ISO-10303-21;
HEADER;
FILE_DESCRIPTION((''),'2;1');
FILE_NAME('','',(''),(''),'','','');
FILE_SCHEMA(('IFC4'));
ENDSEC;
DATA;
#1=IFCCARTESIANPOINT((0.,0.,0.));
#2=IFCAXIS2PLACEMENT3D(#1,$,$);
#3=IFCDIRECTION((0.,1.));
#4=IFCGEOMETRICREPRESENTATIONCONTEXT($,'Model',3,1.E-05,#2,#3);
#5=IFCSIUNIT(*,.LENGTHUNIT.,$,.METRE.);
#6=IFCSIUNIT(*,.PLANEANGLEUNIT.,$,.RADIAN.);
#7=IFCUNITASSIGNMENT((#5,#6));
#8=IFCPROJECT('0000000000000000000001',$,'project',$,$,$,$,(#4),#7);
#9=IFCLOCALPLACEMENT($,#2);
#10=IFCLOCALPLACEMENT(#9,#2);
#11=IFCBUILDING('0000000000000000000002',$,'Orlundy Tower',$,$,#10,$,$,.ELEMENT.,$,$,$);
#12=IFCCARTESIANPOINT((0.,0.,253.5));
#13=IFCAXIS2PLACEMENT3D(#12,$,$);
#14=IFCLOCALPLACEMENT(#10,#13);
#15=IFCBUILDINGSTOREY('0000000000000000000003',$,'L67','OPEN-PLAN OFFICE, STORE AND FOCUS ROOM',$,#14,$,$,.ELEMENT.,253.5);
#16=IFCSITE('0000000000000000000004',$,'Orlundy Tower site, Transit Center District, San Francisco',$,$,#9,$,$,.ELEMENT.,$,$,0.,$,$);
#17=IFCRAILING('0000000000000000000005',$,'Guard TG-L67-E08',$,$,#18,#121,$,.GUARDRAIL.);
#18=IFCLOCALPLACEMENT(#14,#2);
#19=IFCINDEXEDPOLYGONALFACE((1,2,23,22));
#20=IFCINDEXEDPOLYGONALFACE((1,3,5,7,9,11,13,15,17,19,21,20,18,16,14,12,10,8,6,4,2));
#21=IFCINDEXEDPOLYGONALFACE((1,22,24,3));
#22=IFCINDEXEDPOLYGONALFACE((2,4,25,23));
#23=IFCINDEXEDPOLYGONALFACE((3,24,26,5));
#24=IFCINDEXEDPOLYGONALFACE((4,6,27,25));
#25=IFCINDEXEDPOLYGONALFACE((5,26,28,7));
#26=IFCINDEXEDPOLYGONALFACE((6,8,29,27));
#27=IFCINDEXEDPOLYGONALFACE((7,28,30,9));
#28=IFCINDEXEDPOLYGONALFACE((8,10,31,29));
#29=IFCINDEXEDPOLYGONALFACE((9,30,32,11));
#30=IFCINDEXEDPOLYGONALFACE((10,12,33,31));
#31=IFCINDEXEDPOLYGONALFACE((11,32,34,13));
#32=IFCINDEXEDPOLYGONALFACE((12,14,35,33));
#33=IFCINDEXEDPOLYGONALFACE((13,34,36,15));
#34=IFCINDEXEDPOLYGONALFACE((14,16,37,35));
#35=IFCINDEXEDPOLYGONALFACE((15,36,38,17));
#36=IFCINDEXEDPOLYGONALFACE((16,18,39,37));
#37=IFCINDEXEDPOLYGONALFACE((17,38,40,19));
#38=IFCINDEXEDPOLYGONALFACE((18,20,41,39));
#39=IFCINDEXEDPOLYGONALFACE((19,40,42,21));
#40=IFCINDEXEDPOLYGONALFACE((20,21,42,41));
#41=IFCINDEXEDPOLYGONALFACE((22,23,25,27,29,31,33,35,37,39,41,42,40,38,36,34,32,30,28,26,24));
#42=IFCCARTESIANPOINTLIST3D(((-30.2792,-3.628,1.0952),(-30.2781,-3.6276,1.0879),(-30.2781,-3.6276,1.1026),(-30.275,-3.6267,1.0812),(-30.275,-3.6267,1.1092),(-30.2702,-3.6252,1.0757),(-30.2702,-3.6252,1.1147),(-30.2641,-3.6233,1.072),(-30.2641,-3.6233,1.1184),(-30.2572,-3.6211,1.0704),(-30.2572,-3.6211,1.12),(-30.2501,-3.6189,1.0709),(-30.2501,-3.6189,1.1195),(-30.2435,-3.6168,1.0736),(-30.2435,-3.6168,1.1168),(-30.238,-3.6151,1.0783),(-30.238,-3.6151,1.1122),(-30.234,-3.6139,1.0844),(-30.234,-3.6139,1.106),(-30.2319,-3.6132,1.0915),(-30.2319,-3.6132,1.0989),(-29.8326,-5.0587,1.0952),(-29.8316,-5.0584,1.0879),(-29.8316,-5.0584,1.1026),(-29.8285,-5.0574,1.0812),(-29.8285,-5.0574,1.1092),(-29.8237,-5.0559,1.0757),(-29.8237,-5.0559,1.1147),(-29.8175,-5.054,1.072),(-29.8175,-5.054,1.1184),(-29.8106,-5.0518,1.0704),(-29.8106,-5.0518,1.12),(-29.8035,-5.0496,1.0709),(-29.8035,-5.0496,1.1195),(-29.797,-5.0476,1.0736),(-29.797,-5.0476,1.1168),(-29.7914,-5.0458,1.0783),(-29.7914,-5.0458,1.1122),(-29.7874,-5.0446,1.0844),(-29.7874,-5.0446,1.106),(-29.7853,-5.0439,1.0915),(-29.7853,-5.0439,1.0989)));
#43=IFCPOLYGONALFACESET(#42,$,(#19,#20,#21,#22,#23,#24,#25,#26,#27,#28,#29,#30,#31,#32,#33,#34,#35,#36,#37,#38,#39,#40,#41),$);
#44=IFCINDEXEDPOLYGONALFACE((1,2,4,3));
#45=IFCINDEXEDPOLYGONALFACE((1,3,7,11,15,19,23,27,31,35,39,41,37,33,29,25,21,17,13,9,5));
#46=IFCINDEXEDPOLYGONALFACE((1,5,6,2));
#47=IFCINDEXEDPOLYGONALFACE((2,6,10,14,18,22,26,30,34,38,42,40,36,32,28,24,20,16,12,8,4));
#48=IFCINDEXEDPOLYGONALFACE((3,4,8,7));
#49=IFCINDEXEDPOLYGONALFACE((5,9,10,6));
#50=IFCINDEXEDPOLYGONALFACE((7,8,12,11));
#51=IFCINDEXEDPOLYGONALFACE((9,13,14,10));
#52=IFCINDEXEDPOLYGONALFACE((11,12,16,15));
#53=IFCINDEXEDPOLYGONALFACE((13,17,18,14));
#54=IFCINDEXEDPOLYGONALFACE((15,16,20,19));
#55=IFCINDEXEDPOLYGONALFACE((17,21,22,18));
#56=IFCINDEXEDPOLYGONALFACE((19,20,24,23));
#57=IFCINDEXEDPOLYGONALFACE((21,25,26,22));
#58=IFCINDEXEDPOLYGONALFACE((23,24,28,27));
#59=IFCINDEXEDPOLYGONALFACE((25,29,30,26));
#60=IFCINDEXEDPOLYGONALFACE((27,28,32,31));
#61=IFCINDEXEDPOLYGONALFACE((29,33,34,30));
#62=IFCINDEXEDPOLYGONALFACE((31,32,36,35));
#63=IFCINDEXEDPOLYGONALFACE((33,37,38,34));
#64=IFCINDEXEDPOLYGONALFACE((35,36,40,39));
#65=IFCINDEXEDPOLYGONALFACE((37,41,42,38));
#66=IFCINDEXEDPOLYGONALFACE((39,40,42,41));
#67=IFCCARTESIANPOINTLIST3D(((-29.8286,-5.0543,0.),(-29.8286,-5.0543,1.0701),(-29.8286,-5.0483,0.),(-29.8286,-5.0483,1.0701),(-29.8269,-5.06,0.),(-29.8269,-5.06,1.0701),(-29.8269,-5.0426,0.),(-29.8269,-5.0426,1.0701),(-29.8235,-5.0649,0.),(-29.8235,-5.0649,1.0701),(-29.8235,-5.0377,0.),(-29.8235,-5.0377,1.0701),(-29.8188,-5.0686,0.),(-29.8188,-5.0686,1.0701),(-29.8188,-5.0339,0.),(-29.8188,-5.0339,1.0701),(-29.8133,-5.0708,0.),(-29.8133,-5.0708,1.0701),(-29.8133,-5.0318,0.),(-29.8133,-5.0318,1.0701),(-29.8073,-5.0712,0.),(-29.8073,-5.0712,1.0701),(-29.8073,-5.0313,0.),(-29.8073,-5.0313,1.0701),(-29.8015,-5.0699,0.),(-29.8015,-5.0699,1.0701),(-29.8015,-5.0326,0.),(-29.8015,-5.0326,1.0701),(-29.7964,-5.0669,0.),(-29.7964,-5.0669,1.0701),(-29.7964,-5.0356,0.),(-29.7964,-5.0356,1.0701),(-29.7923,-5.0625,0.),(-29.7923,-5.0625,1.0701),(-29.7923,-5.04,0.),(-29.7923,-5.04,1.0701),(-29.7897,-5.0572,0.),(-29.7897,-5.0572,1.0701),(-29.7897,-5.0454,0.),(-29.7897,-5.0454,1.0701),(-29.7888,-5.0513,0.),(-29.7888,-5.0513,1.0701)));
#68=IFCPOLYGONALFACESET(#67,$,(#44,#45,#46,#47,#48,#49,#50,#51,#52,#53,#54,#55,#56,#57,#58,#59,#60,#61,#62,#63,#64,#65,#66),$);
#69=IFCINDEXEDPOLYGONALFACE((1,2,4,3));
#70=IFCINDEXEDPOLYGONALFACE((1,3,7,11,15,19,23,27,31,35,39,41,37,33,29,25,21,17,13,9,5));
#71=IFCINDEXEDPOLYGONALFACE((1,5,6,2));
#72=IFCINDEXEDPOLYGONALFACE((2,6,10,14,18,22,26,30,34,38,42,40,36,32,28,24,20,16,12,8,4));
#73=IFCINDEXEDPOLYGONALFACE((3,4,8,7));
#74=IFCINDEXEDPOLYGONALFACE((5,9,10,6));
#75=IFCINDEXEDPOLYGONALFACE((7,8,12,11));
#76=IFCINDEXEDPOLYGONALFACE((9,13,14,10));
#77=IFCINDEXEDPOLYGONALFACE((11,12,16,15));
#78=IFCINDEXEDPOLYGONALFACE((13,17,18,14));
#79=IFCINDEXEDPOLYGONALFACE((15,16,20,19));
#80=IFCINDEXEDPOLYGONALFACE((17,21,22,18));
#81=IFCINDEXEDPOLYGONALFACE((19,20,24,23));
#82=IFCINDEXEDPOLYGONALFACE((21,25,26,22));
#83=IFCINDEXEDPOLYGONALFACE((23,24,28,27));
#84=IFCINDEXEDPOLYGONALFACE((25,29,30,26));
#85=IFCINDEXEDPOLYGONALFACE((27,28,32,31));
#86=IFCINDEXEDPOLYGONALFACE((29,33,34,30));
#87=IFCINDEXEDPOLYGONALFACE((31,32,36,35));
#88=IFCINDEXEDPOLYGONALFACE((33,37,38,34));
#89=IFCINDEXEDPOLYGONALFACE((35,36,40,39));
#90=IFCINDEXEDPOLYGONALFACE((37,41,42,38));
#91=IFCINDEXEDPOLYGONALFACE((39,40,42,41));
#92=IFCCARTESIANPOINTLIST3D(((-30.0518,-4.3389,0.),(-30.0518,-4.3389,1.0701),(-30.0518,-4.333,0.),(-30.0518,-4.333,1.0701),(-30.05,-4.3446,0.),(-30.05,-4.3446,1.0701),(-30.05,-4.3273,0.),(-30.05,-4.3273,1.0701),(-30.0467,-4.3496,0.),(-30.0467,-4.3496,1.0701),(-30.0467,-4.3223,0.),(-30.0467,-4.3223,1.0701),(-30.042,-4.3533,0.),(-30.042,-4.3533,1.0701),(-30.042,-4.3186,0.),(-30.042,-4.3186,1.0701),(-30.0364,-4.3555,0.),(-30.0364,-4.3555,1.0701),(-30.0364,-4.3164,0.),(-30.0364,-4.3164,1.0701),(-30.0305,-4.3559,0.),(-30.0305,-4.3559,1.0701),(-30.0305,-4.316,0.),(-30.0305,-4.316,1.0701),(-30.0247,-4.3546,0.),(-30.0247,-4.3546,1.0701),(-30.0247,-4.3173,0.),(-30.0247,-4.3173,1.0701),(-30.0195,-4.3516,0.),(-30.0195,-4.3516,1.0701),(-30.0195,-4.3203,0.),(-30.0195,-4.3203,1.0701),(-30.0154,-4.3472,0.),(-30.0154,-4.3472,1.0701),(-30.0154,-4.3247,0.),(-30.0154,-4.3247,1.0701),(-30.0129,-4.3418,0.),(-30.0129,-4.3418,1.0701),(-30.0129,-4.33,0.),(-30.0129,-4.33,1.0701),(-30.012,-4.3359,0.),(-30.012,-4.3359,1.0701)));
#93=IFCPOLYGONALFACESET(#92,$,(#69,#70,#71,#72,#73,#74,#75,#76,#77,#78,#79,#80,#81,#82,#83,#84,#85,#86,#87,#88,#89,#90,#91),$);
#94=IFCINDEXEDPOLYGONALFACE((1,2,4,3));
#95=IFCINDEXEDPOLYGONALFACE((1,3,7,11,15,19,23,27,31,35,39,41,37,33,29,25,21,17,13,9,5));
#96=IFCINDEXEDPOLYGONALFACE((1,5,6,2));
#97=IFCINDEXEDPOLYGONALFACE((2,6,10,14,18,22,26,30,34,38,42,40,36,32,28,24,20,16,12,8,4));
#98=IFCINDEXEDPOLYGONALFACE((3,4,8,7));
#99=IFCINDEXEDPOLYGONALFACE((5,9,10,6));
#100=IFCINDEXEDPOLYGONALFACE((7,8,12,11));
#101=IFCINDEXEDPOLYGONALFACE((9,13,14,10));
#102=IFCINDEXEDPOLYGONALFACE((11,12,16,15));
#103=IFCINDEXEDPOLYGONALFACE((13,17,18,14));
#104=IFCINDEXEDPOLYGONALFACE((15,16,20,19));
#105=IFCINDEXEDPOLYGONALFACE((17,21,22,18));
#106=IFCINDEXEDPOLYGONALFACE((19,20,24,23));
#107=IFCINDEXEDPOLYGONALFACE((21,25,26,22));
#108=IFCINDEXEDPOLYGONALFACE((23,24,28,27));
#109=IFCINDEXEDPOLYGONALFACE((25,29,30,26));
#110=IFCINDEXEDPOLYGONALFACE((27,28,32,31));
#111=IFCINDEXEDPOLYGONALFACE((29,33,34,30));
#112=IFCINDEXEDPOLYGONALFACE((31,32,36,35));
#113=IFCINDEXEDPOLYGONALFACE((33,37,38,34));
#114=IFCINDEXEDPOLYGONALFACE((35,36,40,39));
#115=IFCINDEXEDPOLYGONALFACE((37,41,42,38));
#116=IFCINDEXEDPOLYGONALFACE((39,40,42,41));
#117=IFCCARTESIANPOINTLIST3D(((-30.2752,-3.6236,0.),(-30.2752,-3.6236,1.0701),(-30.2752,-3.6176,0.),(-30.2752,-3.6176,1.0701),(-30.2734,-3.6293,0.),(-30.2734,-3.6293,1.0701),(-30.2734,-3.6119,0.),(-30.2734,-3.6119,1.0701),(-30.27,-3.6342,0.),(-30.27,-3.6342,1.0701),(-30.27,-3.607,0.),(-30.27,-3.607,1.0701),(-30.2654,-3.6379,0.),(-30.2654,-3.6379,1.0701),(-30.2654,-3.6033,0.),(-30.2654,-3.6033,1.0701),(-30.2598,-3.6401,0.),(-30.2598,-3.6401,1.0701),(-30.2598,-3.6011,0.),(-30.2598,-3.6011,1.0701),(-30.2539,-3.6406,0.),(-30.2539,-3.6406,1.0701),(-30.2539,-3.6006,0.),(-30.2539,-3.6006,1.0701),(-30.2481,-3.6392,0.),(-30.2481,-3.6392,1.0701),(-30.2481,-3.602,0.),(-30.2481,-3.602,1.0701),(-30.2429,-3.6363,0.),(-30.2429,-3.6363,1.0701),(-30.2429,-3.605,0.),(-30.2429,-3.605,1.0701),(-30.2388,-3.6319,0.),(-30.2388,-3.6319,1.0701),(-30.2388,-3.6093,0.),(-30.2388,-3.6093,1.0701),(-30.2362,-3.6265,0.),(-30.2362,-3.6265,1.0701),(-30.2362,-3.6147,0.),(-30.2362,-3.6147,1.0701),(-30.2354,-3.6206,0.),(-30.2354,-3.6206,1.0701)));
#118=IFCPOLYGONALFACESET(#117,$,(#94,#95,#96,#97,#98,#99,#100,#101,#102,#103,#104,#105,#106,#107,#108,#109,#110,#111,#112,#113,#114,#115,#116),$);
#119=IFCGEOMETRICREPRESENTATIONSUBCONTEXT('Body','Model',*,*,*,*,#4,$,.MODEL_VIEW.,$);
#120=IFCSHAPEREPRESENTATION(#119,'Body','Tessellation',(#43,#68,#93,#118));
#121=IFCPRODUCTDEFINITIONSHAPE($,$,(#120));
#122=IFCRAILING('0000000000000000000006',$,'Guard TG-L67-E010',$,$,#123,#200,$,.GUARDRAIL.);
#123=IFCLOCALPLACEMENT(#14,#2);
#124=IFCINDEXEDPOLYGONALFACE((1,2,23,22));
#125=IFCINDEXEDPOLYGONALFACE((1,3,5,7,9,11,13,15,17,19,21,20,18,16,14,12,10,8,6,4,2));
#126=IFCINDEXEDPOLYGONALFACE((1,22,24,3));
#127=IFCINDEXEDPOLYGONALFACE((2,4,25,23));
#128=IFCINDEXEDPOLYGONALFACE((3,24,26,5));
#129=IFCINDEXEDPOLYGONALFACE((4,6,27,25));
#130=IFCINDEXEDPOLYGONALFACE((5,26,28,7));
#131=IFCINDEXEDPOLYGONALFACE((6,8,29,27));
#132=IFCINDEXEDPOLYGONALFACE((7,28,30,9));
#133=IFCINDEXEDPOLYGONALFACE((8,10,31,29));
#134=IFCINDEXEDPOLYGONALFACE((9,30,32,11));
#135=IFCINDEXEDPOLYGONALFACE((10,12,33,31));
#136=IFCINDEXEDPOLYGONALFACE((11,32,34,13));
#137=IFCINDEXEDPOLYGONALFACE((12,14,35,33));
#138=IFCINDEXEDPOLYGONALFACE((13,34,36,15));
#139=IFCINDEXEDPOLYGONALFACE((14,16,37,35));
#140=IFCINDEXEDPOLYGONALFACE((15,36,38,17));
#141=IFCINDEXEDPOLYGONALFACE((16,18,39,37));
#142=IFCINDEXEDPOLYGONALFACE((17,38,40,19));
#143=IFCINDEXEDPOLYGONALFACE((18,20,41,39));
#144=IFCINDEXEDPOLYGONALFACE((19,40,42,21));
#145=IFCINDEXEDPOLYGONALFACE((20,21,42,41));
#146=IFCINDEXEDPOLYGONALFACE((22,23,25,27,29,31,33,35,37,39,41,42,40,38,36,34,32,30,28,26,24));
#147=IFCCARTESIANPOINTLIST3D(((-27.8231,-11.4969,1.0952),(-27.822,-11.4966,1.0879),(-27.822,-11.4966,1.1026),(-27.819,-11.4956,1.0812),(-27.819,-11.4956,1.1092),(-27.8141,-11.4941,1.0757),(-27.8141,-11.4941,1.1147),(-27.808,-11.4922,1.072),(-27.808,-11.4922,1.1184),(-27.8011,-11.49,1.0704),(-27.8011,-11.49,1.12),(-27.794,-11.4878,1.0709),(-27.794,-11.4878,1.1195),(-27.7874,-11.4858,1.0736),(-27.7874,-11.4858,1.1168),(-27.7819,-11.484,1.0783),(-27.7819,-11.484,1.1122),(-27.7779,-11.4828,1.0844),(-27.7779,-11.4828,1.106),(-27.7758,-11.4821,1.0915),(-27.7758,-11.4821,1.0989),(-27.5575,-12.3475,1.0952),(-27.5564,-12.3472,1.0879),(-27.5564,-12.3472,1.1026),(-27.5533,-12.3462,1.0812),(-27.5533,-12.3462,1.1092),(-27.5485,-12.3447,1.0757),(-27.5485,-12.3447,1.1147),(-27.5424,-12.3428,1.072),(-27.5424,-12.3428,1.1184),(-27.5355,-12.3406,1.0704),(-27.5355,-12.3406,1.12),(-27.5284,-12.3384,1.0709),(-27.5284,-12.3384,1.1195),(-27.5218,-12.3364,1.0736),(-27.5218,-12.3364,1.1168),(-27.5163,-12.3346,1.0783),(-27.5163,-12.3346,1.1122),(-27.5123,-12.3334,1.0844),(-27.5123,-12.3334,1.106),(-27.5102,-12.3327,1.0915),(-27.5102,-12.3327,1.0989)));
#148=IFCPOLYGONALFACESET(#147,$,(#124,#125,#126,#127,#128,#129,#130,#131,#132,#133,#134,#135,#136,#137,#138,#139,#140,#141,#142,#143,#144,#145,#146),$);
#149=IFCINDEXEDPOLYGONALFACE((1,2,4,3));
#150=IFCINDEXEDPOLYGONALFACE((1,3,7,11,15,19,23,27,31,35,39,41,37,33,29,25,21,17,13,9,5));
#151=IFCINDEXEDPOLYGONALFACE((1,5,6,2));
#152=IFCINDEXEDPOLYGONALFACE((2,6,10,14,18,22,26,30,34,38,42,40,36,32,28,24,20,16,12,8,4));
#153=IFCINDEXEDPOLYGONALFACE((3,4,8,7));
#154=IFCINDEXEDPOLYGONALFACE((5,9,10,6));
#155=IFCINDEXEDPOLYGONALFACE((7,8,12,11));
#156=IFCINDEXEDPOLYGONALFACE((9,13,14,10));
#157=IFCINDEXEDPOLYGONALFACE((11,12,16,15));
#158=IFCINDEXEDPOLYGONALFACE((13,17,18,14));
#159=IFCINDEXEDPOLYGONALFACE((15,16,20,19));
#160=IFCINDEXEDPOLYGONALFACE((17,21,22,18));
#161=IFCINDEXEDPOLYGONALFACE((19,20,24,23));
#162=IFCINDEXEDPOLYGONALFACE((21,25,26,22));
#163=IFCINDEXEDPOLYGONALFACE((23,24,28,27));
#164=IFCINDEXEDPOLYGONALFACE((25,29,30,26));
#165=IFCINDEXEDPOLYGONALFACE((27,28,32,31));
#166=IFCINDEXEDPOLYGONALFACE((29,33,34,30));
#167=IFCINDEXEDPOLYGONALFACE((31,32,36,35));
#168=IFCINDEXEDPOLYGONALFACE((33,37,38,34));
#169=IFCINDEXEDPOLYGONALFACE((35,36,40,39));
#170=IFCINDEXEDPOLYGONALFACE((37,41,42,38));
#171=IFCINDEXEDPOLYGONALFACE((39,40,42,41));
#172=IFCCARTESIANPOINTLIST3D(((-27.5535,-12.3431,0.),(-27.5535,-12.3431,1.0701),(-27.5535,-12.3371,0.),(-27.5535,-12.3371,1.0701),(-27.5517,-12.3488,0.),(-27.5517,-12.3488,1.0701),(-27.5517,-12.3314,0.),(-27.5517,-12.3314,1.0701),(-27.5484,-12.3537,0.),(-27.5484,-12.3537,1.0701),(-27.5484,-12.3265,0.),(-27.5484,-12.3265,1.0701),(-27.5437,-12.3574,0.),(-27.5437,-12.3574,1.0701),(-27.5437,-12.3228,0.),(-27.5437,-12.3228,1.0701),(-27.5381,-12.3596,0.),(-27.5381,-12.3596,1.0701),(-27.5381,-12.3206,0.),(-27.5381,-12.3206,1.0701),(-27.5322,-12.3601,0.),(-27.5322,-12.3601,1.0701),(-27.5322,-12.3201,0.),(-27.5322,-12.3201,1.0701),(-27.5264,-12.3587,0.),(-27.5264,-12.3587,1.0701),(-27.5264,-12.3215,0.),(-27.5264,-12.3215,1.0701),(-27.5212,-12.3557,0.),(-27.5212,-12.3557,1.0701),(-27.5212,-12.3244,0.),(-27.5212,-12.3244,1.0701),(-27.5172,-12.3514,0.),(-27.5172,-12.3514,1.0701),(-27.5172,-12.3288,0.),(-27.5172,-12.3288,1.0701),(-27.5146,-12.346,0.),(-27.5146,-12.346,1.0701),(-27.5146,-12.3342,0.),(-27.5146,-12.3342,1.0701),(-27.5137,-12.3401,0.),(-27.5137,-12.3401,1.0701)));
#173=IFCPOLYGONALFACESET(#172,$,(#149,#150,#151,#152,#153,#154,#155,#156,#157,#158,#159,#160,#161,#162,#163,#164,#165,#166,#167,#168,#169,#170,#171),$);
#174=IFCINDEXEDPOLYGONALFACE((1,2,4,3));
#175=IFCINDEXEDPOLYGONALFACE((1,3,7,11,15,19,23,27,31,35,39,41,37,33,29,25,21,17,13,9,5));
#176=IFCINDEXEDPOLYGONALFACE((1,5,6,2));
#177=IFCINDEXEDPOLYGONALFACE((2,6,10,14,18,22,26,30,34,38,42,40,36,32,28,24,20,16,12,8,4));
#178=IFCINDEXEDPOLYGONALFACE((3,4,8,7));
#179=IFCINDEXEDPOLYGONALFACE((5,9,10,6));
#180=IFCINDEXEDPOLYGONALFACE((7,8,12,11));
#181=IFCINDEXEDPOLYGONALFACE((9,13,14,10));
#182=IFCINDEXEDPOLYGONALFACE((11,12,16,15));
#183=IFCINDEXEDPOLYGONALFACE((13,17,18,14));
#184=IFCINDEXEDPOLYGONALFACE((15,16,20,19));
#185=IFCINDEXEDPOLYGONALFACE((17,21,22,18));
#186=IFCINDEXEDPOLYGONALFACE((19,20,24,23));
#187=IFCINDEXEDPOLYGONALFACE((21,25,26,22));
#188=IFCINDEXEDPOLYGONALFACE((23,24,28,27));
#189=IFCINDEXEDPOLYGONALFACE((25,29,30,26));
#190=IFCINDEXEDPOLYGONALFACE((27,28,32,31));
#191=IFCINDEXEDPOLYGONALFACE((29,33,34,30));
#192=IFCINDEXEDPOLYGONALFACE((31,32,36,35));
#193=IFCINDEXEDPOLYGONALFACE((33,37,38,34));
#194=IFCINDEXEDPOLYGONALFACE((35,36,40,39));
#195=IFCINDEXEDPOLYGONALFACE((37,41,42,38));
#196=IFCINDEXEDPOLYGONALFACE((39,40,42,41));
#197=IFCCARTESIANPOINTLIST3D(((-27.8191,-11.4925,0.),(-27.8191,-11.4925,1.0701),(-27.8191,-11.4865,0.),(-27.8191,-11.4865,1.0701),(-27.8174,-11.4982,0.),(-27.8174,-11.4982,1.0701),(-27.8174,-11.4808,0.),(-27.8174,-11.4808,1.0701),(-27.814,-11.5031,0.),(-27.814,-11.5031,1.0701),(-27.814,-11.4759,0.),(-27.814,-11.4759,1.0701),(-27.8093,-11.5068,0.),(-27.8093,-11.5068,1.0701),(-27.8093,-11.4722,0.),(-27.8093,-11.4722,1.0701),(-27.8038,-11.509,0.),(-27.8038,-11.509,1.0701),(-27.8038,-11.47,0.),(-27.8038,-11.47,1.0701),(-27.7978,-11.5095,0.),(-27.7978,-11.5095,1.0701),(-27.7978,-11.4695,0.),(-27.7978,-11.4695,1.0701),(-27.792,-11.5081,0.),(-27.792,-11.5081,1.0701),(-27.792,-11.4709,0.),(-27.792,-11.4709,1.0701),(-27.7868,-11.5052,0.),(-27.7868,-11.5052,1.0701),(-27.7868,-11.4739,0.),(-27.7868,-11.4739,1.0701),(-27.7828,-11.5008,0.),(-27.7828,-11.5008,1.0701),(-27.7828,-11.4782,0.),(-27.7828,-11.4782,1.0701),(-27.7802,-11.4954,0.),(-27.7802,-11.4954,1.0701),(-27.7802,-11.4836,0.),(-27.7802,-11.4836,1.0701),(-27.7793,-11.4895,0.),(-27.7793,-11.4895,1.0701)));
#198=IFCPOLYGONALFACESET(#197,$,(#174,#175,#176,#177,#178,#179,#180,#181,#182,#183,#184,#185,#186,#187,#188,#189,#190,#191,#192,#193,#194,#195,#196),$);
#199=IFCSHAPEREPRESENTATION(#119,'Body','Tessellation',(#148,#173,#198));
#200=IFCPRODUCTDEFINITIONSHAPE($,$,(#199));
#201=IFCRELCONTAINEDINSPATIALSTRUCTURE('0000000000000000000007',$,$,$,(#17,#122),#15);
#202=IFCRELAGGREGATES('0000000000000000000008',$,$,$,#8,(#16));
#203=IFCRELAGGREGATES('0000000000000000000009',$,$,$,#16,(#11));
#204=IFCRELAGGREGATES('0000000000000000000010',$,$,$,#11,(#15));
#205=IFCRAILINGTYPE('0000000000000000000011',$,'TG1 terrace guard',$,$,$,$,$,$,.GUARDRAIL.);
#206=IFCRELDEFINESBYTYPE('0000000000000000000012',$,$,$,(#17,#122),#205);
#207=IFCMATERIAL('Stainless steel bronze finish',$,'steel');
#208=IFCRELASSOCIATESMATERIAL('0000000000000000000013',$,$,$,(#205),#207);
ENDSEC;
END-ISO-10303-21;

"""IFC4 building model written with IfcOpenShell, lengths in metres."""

from ifc_helpers import new_model, si_unit, direction, frame, origin, origin_2d, place, context, subcontext, project, spatial, circle, extrude, material, type_object, element, save


model = new_model("IFC4")

# Units and contexts
model_context = context("Model", 3, precision=1e-05, world=origin(), true_north=direction((0.0, 1.0)))
body_context = subcontext(model_context, "Body", "Model", "MODEL_VIEW")
ifc_project = project(units=[si_unit("LENGTHUNIT", "METRE"), si_unit("PLANEANGLEUNIT", "RADIAN")], contexts=[model_context])

# Site, building, storey
site_placement = place(None, origin())
site = spatial("IfcSite", under=ifc_project, at=site_placement, Name="Orlundy Tower site, Transit Center District, San Francisco", CompositionType="ELEMENT", RefElevation=0.0)
building_placement = place(site_placement, origin())
building = spatial("IfcBuilding", under=site, at=building_placement, Name="Orlundy Tower", CompositionType="ELEMENT")
storey_placement = place(building_placement, frame((0.0, 0.0, 253.5)))
storey = spatial("IfcBuildingStorey", under=building, at=storey_placement, Name="L67", Description="OPEN-PLAN OFFICE, STORE AND FOCUS ROOM", CompositionType="ELEMENT", Elevation=253.5)

# Railings
ifc_material_1 = material(Name="Stainless steel bronze finish", Category="steel")
railing_type_1 = type_object("IfcRailingType", Name="TG1 terrace guard", PredefinedType="GUARDRAIL", material=ifc_material_1)
railing_1_placement = place(storey_placement, frame((-29.8088, -5.0513, 0.0)))
element("IfcRailing", 1, at=railing_1_placement, inside=storey, type_object=railing_type_1, Name="Guard TG-L67-E08", PredefinedType="GUARDRAIL", context=body_context, shape_type="SweptSolid", body=[
    extrude(circle(Radius=0.0249, at=origin_2d()), frame((0.0, 0.0, 1.0952), z_axis=(-0.297941, 0.954584, 0.0), x_axis=(-0.954584, -0.297941, 0.0)), (0.0, 0.0, 1.0), 1.4988),
    extrude(circle(Radius=0.02, at=origin_2d()), origin(), (0.0, 0.0, 1.0), 1.0701),
    extrude(circle(Radius=0.02, at=origin_2d()), frame((-0.2231, 0.7153, 0.0)), (0.0, 0.0, 1.0), 1.0701),
    extrude(circle(Radius=0.02, at=origin_2d()), frame((-0.4465, 1.4307, 0.0)), (0.0, 0.0, 1.0), 1.0701),
])
railing_2_placement = place(storey_placement, frame((-27.5337, -12.3401, 0.0)))
element("IfcRailing", 2, at=railing_2_placement, inside=storey, type_object=railing_type_1, Name="Guard TG-L67-E010", PredefinedType="GUARDRAIL", context=body_context, shape_type="SweptSolid", body=[
    extrude(circle(Radius=0.0249, at=origin_2d()), frame((0.0, 0.0, 1.0952), z_axis=(-0.298088, 0.954538, 0.0), x_axis=(-0.954538, -0.298088, 0.0)), (0.0, 0.0, 1.0), 0.8911),
    extrude(circle(Radius=0.02, at=origin_2d()), origin(), (0.0, 0.0, 1.0), 1.0701),
    extrude(circle(Radius=0.02, at=origin_2d()), frame((-0.2656, 0.8506, 0.0)), (0.0, 0.0, 1.0), 1.0701),
])

save(model, "model.ifc")
